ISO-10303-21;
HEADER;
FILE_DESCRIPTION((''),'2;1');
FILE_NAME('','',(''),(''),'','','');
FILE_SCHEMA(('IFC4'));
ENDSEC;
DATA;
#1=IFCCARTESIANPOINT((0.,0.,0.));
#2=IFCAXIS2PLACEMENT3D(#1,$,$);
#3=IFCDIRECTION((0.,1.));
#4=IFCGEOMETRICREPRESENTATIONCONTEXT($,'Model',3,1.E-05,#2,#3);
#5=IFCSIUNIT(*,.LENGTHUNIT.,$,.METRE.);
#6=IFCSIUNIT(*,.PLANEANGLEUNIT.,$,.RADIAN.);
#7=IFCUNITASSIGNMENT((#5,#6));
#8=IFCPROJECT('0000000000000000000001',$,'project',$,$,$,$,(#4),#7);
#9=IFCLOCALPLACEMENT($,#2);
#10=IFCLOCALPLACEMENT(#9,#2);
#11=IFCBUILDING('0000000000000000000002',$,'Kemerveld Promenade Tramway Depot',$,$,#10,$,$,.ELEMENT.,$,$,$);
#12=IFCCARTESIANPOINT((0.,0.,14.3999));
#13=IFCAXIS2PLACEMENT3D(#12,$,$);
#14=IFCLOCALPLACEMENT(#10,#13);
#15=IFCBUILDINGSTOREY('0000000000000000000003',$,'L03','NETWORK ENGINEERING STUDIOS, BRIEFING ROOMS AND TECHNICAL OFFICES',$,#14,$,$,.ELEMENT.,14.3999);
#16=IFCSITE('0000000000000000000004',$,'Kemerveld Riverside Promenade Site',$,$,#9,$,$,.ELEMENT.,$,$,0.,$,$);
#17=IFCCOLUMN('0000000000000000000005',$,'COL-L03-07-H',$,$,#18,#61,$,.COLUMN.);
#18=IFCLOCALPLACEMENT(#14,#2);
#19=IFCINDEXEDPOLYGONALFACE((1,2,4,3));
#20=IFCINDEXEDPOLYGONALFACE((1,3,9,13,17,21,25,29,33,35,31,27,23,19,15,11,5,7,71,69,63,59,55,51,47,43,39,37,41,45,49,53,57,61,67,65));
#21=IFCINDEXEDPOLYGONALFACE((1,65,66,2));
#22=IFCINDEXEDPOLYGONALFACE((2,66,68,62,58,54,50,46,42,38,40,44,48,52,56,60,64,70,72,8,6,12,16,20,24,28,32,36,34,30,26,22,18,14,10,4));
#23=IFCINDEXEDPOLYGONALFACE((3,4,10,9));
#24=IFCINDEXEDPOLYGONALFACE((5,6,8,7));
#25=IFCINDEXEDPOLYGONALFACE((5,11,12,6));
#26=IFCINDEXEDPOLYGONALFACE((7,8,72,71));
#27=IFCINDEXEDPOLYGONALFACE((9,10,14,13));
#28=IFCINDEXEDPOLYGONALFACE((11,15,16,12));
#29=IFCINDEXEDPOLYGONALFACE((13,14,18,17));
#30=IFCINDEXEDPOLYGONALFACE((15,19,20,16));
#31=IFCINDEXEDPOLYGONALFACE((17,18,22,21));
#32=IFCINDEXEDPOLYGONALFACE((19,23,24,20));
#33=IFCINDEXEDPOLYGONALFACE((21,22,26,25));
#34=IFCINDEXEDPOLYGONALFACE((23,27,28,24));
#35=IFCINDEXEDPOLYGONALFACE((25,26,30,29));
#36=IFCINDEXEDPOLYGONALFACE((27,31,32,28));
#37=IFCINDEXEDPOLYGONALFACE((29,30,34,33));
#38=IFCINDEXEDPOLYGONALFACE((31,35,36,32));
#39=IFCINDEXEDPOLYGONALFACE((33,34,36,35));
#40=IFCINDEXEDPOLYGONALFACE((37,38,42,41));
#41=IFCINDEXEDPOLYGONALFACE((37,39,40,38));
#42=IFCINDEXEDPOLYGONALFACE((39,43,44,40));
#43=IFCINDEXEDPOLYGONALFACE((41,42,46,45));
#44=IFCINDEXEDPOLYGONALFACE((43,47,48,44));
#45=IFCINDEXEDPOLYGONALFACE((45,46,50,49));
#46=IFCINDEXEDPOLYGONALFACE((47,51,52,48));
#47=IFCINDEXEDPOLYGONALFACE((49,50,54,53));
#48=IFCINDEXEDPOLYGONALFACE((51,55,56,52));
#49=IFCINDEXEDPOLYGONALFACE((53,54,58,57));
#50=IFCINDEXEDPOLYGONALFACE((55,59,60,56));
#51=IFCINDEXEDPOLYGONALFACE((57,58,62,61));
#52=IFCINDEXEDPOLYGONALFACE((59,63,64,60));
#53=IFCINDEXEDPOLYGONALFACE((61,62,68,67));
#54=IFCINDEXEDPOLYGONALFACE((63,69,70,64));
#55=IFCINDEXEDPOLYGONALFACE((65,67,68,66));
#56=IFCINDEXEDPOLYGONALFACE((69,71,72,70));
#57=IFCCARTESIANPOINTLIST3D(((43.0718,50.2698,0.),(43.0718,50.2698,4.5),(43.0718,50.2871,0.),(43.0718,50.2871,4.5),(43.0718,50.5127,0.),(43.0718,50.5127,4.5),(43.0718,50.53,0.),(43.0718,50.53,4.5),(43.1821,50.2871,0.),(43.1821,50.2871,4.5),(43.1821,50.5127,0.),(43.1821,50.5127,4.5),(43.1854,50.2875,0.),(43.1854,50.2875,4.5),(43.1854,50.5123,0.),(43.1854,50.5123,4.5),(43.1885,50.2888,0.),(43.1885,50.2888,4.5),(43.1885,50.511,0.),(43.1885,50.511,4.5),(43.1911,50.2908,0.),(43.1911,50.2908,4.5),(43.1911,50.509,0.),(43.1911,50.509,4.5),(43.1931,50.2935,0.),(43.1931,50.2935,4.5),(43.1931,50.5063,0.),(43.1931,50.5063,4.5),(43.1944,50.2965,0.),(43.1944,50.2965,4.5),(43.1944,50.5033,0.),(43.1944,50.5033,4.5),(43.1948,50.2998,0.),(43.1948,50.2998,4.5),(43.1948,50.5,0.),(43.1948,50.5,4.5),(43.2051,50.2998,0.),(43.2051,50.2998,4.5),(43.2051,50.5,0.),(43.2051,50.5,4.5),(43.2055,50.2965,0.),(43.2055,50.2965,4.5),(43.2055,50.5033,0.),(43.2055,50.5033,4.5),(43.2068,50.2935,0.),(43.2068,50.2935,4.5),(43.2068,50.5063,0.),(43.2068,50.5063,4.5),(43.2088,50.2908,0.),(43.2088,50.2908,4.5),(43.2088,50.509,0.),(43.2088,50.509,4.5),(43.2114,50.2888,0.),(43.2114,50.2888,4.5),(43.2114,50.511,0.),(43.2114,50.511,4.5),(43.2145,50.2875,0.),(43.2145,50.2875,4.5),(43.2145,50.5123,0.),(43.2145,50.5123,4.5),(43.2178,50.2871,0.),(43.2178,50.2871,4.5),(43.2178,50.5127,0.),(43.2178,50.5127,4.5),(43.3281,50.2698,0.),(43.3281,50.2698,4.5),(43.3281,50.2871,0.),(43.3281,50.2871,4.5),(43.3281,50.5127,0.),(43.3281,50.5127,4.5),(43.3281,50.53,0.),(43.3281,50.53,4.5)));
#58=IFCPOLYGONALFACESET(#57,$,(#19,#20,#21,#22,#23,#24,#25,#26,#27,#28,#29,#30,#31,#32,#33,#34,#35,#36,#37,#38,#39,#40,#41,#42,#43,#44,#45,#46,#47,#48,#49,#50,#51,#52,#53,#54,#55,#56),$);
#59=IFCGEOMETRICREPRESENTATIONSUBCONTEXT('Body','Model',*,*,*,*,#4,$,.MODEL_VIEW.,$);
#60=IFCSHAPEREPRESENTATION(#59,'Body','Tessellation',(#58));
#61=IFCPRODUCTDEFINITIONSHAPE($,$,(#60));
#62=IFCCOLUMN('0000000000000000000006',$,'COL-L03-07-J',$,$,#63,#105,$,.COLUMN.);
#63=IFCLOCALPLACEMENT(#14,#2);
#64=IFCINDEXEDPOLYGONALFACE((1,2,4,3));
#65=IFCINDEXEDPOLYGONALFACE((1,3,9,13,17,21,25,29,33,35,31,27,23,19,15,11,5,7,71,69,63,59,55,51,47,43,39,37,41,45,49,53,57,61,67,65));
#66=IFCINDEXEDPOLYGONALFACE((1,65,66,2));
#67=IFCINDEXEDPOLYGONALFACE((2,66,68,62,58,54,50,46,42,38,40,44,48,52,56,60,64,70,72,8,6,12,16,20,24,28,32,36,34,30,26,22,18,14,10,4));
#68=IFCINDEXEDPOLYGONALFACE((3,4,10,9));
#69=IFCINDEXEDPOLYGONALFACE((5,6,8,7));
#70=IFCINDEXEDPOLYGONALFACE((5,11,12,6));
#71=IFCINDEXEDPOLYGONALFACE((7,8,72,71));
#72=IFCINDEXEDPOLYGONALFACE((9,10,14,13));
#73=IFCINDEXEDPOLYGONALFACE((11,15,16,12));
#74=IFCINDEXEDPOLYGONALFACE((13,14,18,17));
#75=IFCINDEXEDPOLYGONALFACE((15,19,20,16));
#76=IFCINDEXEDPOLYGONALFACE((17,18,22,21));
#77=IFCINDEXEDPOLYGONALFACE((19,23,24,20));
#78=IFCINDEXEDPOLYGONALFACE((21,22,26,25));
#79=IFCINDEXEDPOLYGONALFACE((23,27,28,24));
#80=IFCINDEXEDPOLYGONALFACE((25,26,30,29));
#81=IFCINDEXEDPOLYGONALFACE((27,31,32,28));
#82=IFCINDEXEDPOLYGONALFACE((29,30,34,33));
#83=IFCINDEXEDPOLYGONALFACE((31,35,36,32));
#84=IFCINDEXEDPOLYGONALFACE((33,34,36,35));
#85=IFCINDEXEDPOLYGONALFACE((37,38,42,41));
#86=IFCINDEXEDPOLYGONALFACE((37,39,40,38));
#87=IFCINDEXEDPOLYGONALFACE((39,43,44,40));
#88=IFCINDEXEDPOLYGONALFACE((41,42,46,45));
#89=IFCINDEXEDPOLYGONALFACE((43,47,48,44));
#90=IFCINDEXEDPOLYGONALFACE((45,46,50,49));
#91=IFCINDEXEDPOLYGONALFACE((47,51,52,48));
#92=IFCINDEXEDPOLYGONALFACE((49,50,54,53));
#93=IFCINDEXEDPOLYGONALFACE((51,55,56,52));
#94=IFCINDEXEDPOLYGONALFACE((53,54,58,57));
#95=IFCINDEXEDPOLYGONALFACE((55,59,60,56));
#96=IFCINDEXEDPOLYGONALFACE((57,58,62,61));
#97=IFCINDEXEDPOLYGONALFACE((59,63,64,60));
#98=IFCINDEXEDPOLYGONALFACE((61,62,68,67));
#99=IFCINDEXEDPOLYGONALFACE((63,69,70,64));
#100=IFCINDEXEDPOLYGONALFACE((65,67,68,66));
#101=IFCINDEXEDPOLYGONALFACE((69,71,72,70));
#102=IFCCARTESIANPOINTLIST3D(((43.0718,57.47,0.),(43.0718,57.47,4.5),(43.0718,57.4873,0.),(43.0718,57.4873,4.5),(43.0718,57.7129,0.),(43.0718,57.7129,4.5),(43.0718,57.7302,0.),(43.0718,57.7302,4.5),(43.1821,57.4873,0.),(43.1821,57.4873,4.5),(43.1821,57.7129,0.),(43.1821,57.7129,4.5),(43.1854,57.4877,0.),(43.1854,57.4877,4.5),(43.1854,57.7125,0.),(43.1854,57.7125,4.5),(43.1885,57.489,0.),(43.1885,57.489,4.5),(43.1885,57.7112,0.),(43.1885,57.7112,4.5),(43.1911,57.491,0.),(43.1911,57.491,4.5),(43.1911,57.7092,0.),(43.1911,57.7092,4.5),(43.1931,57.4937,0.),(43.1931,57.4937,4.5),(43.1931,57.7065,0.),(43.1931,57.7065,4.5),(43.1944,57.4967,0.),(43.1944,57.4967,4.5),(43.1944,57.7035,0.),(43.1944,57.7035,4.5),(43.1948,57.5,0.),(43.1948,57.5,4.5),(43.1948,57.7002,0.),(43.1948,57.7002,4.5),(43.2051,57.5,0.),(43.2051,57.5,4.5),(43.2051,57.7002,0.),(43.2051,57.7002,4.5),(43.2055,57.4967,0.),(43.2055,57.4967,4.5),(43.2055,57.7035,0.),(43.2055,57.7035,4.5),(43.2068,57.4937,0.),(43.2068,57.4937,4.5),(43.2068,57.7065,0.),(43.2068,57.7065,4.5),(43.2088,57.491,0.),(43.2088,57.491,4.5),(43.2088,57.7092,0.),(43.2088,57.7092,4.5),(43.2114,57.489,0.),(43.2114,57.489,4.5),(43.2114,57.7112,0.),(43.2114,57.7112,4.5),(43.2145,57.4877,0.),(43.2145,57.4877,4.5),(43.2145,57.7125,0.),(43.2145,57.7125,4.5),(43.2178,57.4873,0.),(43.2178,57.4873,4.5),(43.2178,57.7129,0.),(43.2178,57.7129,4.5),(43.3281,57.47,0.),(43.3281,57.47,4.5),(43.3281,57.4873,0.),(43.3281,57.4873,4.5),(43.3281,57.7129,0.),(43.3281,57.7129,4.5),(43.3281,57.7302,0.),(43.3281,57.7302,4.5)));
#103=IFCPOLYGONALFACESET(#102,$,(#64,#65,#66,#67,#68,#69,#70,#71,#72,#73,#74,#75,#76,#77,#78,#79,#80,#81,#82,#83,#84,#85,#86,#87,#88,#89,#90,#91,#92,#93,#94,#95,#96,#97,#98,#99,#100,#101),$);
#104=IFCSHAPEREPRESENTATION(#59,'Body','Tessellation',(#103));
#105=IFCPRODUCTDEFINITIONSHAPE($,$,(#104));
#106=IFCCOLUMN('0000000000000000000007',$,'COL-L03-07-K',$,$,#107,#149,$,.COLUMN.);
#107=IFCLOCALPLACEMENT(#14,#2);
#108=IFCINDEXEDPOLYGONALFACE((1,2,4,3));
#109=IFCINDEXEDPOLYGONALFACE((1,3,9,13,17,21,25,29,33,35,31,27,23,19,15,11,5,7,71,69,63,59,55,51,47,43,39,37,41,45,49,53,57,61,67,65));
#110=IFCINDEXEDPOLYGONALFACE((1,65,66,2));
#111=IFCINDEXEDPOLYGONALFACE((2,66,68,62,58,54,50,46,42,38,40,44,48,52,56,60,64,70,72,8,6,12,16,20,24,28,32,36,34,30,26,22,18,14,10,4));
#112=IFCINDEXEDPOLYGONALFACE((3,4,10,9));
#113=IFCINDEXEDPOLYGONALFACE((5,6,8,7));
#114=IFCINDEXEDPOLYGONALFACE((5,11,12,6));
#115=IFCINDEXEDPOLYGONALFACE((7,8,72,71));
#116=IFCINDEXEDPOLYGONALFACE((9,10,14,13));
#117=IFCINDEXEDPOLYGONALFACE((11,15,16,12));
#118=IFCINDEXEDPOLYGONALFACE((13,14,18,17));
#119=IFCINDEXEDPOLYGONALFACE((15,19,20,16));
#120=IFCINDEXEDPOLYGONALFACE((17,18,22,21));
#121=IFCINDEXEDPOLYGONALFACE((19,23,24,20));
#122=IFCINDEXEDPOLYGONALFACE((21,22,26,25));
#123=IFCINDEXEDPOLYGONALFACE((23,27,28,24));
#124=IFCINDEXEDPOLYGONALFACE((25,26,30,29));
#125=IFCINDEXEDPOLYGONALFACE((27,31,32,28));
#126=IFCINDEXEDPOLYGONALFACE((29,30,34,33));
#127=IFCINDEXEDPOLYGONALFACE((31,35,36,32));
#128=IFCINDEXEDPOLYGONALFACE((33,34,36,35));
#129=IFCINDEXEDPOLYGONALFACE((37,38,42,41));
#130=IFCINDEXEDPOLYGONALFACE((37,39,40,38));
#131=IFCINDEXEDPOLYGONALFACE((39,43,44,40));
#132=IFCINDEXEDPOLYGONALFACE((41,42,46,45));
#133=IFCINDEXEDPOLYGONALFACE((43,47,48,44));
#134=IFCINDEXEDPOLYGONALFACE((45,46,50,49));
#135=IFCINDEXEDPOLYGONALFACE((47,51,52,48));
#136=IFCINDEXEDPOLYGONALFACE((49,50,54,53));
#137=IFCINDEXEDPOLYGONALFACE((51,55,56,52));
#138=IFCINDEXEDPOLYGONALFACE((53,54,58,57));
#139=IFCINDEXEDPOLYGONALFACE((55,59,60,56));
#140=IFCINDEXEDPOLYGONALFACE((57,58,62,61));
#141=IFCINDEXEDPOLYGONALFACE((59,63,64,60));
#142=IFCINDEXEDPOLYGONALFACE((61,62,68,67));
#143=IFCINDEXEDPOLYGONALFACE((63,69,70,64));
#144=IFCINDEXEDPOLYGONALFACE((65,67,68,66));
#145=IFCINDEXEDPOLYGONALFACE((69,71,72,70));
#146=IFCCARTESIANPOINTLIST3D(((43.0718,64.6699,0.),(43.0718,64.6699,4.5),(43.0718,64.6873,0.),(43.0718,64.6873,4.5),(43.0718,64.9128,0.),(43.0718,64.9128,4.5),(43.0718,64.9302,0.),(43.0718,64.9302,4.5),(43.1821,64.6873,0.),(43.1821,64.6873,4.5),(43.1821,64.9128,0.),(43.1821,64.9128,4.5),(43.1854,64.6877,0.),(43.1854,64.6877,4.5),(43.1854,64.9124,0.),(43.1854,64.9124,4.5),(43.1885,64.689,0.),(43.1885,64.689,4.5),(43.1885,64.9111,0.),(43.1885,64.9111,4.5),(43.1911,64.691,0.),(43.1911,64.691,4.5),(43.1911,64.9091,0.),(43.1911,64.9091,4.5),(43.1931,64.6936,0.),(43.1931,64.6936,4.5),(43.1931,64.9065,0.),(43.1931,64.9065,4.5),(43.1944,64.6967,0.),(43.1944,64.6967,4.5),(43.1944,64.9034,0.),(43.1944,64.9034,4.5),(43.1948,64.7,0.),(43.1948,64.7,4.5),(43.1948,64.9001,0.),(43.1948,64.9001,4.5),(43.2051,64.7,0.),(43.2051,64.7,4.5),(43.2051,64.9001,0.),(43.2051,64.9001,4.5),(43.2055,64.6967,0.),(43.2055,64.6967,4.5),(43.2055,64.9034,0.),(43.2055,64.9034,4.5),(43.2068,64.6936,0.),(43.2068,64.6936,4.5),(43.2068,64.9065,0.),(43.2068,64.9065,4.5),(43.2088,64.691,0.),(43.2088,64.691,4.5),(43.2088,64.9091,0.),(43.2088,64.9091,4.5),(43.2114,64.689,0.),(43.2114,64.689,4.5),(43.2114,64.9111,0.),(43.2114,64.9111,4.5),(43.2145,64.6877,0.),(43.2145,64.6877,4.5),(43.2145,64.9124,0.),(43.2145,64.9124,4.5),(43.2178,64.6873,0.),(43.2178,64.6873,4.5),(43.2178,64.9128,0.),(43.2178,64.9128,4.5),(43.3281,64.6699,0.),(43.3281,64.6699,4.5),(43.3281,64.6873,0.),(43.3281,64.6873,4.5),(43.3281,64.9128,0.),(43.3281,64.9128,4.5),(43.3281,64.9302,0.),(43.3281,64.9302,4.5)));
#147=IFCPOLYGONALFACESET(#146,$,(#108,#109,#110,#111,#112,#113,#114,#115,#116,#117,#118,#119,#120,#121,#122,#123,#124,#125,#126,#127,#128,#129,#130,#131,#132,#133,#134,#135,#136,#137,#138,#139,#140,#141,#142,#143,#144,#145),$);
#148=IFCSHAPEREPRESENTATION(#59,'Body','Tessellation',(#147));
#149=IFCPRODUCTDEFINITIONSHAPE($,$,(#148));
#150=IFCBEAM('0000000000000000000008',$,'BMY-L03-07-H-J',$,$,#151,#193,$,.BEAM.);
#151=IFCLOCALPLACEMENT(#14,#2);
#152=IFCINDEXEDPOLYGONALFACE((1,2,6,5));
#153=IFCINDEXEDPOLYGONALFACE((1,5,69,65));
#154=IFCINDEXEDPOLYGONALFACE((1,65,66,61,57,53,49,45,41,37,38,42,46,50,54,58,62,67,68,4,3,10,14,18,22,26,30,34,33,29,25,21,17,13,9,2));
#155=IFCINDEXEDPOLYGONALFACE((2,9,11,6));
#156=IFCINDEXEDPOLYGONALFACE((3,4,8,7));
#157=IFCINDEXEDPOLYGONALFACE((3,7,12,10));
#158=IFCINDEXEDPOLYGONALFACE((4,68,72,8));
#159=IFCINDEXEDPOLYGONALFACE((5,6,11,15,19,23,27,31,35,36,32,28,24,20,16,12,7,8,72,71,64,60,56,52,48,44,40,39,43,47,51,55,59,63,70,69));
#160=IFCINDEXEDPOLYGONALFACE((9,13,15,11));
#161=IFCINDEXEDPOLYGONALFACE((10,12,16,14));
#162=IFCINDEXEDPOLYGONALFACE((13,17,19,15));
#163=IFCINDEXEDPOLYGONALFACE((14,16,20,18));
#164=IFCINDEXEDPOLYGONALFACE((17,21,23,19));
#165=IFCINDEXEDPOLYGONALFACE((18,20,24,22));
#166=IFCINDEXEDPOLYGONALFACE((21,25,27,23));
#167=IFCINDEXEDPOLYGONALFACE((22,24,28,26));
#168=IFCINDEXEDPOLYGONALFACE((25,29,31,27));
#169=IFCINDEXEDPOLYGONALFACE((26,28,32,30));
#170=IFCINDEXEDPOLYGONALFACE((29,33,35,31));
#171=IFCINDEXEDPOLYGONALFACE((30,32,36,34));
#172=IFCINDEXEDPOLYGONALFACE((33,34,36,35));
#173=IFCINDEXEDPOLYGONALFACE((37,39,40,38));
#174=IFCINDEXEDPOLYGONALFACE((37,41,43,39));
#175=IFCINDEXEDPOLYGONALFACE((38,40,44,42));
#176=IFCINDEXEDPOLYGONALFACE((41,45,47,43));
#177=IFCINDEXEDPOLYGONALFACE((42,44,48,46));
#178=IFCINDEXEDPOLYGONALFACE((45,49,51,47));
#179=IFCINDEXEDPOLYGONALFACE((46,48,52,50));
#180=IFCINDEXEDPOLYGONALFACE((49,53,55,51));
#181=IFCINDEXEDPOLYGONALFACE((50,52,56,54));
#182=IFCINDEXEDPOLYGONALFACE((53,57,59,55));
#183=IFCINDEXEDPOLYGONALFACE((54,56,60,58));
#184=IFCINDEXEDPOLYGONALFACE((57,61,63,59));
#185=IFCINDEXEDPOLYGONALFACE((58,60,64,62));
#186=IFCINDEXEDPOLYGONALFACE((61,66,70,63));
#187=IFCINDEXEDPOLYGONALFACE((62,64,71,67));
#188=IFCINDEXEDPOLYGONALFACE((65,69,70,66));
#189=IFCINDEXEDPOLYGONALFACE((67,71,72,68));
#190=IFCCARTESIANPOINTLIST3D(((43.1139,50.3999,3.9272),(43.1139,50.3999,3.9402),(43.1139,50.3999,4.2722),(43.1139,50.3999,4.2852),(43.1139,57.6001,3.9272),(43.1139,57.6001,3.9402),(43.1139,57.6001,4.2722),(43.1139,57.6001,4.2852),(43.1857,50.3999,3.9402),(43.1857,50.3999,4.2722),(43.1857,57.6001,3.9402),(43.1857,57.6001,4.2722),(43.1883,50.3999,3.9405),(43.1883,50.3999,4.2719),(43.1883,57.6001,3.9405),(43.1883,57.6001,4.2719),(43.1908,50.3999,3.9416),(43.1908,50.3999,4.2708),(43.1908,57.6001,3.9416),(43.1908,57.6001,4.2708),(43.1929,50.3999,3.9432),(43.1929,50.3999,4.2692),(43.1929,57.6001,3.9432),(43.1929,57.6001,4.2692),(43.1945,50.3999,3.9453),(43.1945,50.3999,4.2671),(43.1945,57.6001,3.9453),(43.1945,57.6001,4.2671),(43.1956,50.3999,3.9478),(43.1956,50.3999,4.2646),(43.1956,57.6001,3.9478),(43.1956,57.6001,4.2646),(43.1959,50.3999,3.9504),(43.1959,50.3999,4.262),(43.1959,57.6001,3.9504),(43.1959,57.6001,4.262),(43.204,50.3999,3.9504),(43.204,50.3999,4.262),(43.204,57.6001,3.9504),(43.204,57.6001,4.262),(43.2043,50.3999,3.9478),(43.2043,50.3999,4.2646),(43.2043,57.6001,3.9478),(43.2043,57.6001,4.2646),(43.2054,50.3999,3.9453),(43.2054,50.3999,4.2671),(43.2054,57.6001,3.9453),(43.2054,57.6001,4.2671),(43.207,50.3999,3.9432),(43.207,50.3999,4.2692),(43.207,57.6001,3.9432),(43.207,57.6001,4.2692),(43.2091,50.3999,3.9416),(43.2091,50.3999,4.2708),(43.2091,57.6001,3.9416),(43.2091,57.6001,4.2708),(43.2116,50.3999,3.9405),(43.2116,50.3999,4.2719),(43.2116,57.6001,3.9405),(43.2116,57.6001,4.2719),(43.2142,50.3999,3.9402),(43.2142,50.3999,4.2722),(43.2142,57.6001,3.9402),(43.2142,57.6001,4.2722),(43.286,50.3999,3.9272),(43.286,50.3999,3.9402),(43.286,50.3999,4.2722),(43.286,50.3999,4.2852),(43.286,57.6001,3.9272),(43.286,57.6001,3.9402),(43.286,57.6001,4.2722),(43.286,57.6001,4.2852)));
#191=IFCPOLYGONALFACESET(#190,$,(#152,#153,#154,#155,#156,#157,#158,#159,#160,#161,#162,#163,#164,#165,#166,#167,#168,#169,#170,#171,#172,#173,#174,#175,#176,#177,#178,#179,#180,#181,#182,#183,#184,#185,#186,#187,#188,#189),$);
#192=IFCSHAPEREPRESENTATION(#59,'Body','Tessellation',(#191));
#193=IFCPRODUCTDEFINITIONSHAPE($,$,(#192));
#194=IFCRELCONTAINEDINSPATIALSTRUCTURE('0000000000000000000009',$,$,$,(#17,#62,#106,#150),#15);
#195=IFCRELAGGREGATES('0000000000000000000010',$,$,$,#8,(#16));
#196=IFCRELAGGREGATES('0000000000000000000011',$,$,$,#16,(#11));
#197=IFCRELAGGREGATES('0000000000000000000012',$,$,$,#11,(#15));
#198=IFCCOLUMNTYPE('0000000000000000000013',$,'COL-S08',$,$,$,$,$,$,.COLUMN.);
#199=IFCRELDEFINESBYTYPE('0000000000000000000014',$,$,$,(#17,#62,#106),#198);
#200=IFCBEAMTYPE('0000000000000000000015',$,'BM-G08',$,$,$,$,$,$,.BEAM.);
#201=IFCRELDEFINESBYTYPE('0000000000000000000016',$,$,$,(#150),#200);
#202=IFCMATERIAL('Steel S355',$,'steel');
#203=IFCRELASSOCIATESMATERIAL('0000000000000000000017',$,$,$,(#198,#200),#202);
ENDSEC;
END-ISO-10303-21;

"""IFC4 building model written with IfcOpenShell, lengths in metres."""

from ifc_helpers import new_model, si_unit, direction, frame, origin, origin_2d, place, context, subcontext, project, spatial, i_section, extrude, material, material_profile, profile_set, type_object, element, save


model = new_model("IFC4")

# Units and contexts
model_context = context("Model", 3, precision=1e-05, world=origin(), true_north=direction((0.0, 1.0)))
body_context = subcontext(model_context, "Body", "Model", "MODEL_VIEW")
ifc_project = project(units=[si_unit("LENGTHUNIT", "METRE"), si_unit("PLANEANGLEUNIT", "RADIAN")], contexts=[model_context])

# Site, building, storey
site_placement = place(None, origin())
site = spatial("IfcSite", under=ifc_project, at=site_placement, Name="Kemerveld Riverside Promenade Site", CompositionType="ELEMENT", RefElevation=0.0)
building_placement = place(site_placement, origin())
building = spatial("IfcBuilding", under=site, at=building_placement, Name="Kemerveld Promenade Tramway Depot", CompositionType="ELEMENT")
storey_placement = place(building_placement, frame((0.0, 0.0, 14.3999)))
storey = spatial("IfcBuildingStorey", under=building, at=storey_placement, Name="L03", Description="NETWORK ENGINEERING STUDIOS, BRIEFING ROOMS AND TECHNICAL OFFICES", CompositionType="ELEMENT", Elevation=14.3999)

# Columns
ifc_material_1 = material(Name="Steel S355", Category="steel")
ifc_material_profile_1 = material_profile(ifc_material_1, i_section(OverallWidth=0.2563, OverallDepth=0.2603, WebThickness=0.0103, FlangeThickness=0.0173, FilletRadius=0.0127, at=origin_2d()), Name="254x254x89 UC")
ifc_profile_set_1 = profile_set([ifc_material_profile_1], Name="Steel S355")
column_type = type_object("IfcColumnType", Name="COL-S08", PredefinedType="COLUMN", material=ifc_profile_set_1)
for number, where, z_axis, x_axis, name in (
    (1, (43.2, 50.3999, 0.0), (0.0, 0.0, 1.0), (1.0, 0.0, 0.0), "COL-L03-07-H"),
    (2, (43.2, 57.6001, 0.0), (0.0, 0.0, 1.0), (1.0, 0.0, 0.0), "COL-L03-07-J"),
    (3, (43.2, 64.8, 0.0), (0.0, 0.0, 1.0), (1.0, 0.0, 0.0), "COL-L03-07-K"),
):
    element("IfcColumn", number, at=place(storey_placement, frame(where, z_axis=z_axis, x_axis=x_axis)), inside=storey, type_object=column_type, Name=name, PredefinedType="COLUMN", context=body_context, shape_type="SweptSolid", body=[
        extrude(i_section(OverallWidth=0.2563, OverallDepth=0.2603, WebThickness=0.0103, FlangeThickness=0.0173, FilletRadius=0.0127, at=origin_2d()), origin(), (0.0, 0.0, 1.0), 4.5),
    ])

# Beam
ifc_material_profile_2 = material_profile(ifc_material_1, i_section(OverallWidth=0.1721, OverallDepth=0.3579, WebThickness=0.0081, FlangeThickness=0.0129, FilletRadius=0.0103, at=origin_2d()), Name="356x171x57 UB")
ifc_profile_set_2 = profile_set([ifc_material_profile_2], Name="Steel S355")
beam_type_1 = type_object("IfcBeamType", Name="BM-G08", PredefinedType="BEAM", material=ifc_profile_set_2)
beam_1_placement = place(storey_placement, frame((43.2, 50.3999, 4.1062), z_axis=(0.0, 1.0, 0.0), x_axis=(-1.0, 0.0, 0.0)))
element("IfcBeam", 4, at=beam_1_placement, inside=storey, type_object=beam_type_1, Name="BMY-L03-07-H-J", PredefinedType="BEAM", context=body_context, shape_type="SweptSolid", body=[
    extrude(i_section(OverallWidth=0.1721, OverallDepth=0.3579, WebThickness=0.0081, FlangeThickness=0.0129, FilletRadius=0.0103, at=origin_2d()), origin(), (0.0, 0.0, 1.0), 7.2002),
])

save(model, "model.ifc")
